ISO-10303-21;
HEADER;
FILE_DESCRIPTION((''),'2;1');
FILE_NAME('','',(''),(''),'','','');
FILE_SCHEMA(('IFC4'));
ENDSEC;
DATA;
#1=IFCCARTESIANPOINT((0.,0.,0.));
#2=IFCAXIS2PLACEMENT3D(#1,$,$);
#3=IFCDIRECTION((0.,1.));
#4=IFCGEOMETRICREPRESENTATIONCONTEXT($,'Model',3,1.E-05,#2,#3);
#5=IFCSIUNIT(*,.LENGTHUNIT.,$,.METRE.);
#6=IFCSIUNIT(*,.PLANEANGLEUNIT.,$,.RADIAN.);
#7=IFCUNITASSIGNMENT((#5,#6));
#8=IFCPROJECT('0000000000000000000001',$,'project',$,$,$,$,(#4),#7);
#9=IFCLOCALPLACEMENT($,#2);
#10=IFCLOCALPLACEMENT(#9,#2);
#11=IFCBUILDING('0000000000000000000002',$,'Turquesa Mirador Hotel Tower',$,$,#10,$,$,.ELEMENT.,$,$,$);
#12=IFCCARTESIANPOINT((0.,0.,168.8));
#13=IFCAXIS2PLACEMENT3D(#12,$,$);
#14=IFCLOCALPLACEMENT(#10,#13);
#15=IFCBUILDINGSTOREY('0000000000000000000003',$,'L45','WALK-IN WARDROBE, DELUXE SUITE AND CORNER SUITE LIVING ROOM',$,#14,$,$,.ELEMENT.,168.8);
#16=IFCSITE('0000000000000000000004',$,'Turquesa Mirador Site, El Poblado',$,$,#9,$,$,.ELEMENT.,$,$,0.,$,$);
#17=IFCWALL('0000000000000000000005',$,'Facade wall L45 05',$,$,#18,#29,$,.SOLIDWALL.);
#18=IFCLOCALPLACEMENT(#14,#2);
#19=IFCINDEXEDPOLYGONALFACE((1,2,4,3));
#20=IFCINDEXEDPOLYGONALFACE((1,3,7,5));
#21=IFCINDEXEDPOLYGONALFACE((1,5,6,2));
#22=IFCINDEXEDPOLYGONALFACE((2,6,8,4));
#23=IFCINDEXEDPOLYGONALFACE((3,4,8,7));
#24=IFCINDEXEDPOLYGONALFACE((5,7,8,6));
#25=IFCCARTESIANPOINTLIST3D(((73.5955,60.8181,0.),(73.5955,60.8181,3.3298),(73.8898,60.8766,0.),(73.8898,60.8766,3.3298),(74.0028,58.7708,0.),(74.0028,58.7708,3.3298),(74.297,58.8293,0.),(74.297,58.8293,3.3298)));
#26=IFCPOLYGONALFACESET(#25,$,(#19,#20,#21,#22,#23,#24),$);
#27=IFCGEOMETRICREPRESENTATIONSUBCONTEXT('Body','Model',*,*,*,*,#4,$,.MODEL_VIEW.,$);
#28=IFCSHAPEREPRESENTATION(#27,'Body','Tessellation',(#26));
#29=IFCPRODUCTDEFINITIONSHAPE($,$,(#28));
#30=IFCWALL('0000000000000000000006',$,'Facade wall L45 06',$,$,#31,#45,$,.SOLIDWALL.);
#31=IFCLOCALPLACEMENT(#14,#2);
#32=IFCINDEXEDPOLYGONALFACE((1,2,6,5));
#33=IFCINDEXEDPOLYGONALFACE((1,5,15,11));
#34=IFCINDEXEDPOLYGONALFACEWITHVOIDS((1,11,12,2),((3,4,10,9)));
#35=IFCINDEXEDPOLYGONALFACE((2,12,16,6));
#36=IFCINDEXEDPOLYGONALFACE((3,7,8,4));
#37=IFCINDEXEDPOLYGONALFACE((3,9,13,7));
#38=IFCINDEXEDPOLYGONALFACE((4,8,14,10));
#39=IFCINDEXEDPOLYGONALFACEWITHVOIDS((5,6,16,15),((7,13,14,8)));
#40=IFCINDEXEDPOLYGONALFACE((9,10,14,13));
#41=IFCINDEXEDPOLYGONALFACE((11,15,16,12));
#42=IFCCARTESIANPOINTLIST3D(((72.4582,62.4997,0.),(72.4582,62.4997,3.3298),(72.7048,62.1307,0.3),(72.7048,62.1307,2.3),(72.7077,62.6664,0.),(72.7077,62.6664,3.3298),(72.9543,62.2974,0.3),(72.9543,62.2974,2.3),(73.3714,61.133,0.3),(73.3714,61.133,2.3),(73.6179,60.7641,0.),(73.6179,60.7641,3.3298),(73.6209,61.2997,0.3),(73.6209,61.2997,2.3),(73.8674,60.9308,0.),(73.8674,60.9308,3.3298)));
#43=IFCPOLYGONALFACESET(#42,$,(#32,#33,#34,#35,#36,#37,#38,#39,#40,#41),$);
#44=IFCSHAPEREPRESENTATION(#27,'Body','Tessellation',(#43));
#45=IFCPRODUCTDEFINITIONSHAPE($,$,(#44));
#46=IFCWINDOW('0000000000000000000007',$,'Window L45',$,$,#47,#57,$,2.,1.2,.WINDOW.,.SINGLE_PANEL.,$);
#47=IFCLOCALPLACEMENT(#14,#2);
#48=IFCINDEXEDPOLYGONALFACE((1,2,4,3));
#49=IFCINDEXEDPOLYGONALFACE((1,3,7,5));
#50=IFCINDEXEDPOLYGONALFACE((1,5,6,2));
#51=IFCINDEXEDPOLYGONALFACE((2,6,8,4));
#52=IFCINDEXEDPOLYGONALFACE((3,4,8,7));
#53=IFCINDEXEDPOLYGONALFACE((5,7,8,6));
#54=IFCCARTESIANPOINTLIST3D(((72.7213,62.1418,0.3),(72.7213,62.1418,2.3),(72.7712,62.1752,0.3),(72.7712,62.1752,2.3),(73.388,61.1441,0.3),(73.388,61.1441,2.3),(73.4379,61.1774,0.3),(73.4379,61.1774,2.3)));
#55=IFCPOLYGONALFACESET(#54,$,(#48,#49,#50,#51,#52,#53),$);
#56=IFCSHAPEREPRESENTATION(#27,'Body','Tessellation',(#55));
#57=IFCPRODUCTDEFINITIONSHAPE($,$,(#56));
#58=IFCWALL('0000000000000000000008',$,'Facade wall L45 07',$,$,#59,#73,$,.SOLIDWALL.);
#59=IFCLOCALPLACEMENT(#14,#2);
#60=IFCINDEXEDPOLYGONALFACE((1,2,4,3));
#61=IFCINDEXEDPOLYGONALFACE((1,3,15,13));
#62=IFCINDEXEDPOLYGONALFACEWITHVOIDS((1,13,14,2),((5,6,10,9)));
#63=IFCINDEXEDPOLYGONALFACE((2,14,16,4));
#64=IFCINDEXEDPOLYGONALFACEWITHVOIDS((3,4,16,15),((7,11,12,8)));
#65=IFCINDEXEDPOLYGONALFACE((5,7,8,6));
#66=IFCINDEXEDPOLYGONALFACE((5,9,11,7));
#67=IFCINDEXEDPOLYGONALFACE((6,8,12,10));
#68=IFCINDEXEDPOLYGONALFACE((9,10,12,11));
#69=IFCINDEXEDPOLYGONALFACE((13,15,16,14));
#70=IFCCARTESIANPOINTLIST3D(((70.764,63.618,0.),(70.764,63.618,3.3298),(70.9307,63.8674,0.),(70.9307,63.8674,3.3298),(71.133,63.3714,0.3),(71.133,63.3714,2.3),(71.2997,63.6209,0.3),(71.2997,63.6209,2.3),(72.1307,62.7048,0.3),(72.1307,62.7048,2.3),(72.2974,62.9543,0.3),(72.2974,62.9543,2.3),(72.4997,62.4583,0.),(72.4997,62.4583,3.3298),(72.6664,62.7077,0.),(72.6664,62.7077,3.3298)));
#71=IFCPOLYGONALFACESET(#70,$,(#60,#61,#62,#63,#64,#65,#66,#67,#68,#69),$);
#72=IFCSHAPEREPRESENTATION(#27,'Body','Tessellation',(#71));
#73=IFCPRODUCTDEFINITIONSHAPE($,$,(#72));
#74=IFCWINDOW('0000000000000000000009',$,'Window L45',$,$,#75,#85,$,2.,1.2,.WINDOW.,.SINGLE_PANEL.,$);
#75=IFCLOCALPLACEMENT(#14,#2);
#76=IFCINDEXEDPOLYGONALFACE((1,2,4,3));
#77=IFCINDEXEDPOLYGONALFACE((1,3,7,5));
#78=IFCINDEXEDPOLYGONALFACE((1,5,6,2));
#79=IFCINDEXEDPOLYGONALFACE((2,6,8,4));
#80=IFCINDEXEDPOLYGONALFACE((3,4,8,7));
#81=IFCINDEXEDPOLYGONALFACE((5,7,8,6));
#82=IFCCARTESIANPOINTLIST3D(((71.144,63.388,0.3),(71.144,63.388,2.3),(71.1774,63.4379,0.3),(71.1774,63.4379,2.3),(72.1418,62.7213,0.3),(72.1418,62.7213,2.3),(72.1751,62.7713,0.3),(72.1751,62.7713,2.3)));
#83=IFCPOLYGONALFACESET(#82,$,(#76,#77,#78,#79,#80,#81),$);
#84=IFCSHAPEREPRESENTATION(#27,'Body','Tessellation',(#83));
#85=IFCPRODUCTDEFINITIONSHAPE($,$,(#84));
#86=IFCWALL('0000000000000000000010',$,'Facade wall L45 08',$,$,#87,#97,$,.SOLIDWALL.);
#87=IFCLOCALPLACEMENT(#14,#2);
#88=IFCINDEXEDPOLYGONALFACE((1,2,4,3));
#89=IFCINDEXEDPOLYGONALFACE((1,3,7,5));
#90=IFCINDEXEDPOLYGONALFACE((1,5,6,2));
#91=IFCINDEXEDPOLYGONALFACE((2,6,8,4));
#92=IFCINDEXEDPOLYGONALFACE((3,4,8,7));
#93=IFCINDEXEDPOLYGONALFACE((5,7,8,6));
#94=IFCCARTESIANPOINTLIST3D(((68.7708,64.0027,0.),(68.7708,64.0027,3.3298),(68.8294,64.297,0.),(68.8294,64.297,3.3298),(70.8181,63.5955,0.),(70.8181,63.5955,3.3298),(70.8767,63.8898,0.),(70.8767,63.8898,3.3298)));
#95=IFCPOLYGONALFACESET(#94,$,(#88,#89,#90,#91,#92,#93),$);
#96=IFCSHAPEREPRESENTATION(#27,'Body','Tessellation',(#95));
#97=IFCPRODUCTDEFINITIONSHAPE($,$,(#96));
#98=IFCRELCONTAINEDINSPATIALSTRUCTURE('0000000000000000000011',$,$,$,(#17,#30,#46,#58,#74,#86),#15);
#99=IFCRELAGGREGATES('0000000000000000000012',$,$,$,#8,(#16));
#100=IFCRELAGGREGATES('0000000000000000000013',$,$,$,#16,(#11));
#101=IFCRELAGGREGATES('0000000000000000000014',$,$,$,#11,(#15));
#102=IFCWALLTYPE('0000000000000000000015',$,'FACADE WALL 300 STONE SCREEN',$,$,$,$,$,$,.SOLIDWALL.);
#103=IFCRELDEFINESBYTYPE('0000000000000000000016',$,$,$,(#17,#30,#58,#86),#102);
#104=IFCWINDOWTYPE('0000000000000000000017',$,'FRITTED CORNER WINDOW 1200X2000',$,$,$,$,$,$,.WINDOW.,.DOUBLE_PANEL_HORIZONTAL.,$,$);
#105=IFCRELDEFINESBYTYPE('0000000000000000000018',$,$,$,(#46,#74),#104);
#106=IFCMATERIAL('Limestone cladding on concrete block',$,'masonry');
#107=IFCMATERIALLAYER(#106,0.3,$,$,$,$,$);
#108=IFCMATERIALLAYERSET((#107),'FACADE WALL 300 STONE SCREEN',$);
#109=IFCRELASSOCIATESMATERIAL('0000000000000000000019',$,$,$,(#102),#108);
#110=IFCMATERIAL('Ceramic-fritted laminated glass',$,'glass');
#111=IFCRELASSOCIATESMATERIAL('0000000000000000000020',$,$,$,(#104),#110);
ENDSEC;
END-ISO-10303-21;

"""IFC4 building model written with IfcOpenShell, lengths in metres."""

from ifc_helpers import new_model, si_unit, direction, frame, frame_2d, origin, place, context, subcontext, project, spatial, rectangle, extrude, material, layer, layer_set, type_object, element, fill, save


model = new_model("IFC4")

# Units and contexts
model_context = context("Model", 3, precision=1e-05, world=origin(), true_north=direction((0.0, 1.0)))
body_context = subcontext(model_context, "Body", "Model", "MODEL_VIEW")
ifc_project = project(units=[si_unit("LENGTHUNIT", "METRE"), si_unit("PLANEANGLEUNIT", "RADIAN")], contexts=[model_context])

# Site, building, storey
site_placement = place(None, origin())
site = spatial("IfcSite", under=ifc_project, at=site_placement, Name="Turquesa Mirador Site, El Poblado", CompositionType="ELEMENT", RefElevation=0.0)
building_placement = place(site_placement, origin())
building = spatial("IfcBuilding", under=site, at=building_placement, Name="Turquesa Mirador Hotel Tower", CompositionType="ELEMENT")
storey_placement = place(building_placement, frame((0.0, 0.0, 168.8)))
storey = spatial("IfcBuildingStorey", under=building, at=storey_placement, Name="L45", Description="WALK-IN WARDROBE, DELUXE SUITE AND CORNER SUITE LIVING ROOM", CompositionType="ELEMENT", Elevation=168.8)

# Wall
ifc_material_1 = material(Name="Limestone cladding on concrete block", Category="masonry")
ifc_layer_1 = layer(ifc_material_1, 0.3)
ifc_layer_set_1 = layer_set([ifc_layer_1], Name="FACADE WALL 300 STONE SCREEN")
wall_type_1 = type_object("IfcWallType", Name="FACADE WALL 300 STONE SCREEN", PredefinedType="SOLIDWALL", material=ifc_layer_set_1)
wall_1_placement = place(storey_placement, frame((74.1499, 58.8, 0.0), z_axis=(0.0, 0.0, 1.0), x_axis=(-0.195081, 0.980787, 0.0)))
element("IfcWall", 1, at=wall_1_placement, inside=storey, type_object=wall_type_1, Name="Facade wall L45 05", PredefinedType="SOLIDWALL", context=body_context, shape_type="SweptSolid", body=[
    extrude(rectangle(XDim=2.0874, YDim=0.3, at=frame_2d((1.0437, 0.0))), origin(), (0.0, 0.0, 1.0), 3.3298),
])

# Walls, openings, windows
wall_2_placement = place(storey_placement, frame((73.7427, 60.8474, 0.0), z_axis=(0.0, 0.0, 1.0), x_axis=(-0.555564, 0.831474, 0.0)))
wall_2 = element("IfcWall", 2, at=wall_2_placement, inside=storey, type_object=wall_type_1, Name="Facade wall L45 06", PredefinedType="SOLIDWALL", context=body_context, shape_type="SweptSolid", body=[
    extrude(rectangle(XDim=2.0874, YDim=0.3, at=frame_2d((1.0437, 0.0))), origin(), (0.0, 0.0, 1.0), 3.3298),
])
opening_1_placement = place(wall_2_placement, frame((0.4436, 0.0, 0.3)))
opening_1 = element("IfcOpeningElement", 3, at=opening_1_placement, cuts=wall_2, PredefinedType="OPENING", context=body_context, shape_type="SweptSolid", body=[
    extrude(rectangle(XDim=1.2, YDim=2.0, at=frame_2d((0.6001, 1.0))), frame((0.0, 0.1599, 0.0), z_axis=(0.0, -1.0, 0.0), x_axis=(1.0, 0.0, 0.0)), (0.0, 0.0, 1.0), 0.3201),
])
ifc_material_2 = material(Name="Ceramic-fritted laminated glass", Category="glass")
window_type_1 = type_object("IfcWindowType", Name="FRITTED CORNER WINDOW 1200X2000", PartitioningType="DOUBLE_PANEL_HORIZONTAL", PredefinedType="WINDOW", material=ifc_material_2)
window_1_placement = place(opening_1_placement, origin())
window_1 = element("IfcWindow", 4, at=window_1_placement, inside=storey, type_object=window_type_1, Name="Window L45", OverallHeight=2.0, OverallWidth=1.2, PartitioningType="SINGLE_PANEL", PredefinedType="WINDOW", context=body_context, shape_type="SweptSolid", body=[
    extrude(rectangle(XDim=1.2, YDim=2.0, at=frame_2d((0.6001, 1.0))), frame((0.0, 0.1301, 0.0), z_axis=(0.0, -1.0, 0.0), x_axis=(1.0, 0.0, 0.0)), (0.0, 0.0, 1.0), 0.0601),
])
fill(opening_1, window_1)
wall_3_placement = place(storey_placement, frame((72.583, 62.583, 0.0), z_axis=(0.0, 0.0, 1.0), x_axis=(-0.831474, 0.555564, 0.0)))
wall_3 = element("IfcWall", 5, at=wall_3_placement, inside=storey, type_object=wall_type_1, Name="Facade wall L45 07", PredefinedType="SOLIDWALL", context=body_context, shape_type="SweptSolid", body=[
    extrude(rectangle(XDim=2.0874, YDim=0.3, at=frame_2d((1.0437, 0.0))), origin(), (0.0, 0.0, 1.0), 3.3298),
])
opening_2_placement = place(wall_3_placement, frame((0.4436, 0.0, 0.3)))
opening_2 = element("IfcOpeningElement", 6, at=opening_2_placement, cuts=wall_3, PredefinedType="OPENING", context=body_context, shape_type="SweptSolid", body=[
    extrude(rectangle(XDim=1.2, YDim=2.0, at=frame_2d((0.6001, 1.0))), frame((0.0, 0.1599, 0.0), z_axis=(0.0, -1.0, 0.0), x_axis=(1.0, 0.0, 0.0)), (0.0, 0.0, 1.0), 0.3201),
])
window_2_placement = place(opening_2_placement, origin())
window_2 = element("IfcWindow", 7, at=window_2_placement, inside=storey, type_object=window_type_1, Name="Window L45", OverallHeight=2.0, OverallWidth=1.2, PartitioningType="SINGLE_PANEL", PredefinedType="WINDOW", context=body_context, shape_type="SweptSolid", body=[
    extrude(rectangle(XDim=1.2, YDim=2.0, at=frame_2d((0.6001, 1.0))), frame((0.0, 0.1301, 0.0), z_axis=(0.0, -1.0, 0.0), x_axis=(1.0, 0.0, 0.0)), (0.0, 0.0, 1.0), 0.0601),
])
fill(opening_2, window_2)

# Wall
wall_4_placement = place(storey_placement, frame((70.8474, 63.7427, 0.0), z_axis=(0.0, 0.0, 1.0), x_axis=(-0.980787, 0.195081, 0.0)))
element("IfcWall", 8, at=wall_4_placement, inside=storey, type_object=wall_type_1, Name="Facade wall L45 08", PredefinedType="SOLIDWALL", context=body_context, shape_type="SweptSolid", body=[
    extrude(rectangle(XDim=2.0874, YDim=0.3, at=frame_2d((1.0437, 0.0))), origin(), (0.0, 0.0, 1.0), 3.3298),
])

save(model, "model.ifc")
